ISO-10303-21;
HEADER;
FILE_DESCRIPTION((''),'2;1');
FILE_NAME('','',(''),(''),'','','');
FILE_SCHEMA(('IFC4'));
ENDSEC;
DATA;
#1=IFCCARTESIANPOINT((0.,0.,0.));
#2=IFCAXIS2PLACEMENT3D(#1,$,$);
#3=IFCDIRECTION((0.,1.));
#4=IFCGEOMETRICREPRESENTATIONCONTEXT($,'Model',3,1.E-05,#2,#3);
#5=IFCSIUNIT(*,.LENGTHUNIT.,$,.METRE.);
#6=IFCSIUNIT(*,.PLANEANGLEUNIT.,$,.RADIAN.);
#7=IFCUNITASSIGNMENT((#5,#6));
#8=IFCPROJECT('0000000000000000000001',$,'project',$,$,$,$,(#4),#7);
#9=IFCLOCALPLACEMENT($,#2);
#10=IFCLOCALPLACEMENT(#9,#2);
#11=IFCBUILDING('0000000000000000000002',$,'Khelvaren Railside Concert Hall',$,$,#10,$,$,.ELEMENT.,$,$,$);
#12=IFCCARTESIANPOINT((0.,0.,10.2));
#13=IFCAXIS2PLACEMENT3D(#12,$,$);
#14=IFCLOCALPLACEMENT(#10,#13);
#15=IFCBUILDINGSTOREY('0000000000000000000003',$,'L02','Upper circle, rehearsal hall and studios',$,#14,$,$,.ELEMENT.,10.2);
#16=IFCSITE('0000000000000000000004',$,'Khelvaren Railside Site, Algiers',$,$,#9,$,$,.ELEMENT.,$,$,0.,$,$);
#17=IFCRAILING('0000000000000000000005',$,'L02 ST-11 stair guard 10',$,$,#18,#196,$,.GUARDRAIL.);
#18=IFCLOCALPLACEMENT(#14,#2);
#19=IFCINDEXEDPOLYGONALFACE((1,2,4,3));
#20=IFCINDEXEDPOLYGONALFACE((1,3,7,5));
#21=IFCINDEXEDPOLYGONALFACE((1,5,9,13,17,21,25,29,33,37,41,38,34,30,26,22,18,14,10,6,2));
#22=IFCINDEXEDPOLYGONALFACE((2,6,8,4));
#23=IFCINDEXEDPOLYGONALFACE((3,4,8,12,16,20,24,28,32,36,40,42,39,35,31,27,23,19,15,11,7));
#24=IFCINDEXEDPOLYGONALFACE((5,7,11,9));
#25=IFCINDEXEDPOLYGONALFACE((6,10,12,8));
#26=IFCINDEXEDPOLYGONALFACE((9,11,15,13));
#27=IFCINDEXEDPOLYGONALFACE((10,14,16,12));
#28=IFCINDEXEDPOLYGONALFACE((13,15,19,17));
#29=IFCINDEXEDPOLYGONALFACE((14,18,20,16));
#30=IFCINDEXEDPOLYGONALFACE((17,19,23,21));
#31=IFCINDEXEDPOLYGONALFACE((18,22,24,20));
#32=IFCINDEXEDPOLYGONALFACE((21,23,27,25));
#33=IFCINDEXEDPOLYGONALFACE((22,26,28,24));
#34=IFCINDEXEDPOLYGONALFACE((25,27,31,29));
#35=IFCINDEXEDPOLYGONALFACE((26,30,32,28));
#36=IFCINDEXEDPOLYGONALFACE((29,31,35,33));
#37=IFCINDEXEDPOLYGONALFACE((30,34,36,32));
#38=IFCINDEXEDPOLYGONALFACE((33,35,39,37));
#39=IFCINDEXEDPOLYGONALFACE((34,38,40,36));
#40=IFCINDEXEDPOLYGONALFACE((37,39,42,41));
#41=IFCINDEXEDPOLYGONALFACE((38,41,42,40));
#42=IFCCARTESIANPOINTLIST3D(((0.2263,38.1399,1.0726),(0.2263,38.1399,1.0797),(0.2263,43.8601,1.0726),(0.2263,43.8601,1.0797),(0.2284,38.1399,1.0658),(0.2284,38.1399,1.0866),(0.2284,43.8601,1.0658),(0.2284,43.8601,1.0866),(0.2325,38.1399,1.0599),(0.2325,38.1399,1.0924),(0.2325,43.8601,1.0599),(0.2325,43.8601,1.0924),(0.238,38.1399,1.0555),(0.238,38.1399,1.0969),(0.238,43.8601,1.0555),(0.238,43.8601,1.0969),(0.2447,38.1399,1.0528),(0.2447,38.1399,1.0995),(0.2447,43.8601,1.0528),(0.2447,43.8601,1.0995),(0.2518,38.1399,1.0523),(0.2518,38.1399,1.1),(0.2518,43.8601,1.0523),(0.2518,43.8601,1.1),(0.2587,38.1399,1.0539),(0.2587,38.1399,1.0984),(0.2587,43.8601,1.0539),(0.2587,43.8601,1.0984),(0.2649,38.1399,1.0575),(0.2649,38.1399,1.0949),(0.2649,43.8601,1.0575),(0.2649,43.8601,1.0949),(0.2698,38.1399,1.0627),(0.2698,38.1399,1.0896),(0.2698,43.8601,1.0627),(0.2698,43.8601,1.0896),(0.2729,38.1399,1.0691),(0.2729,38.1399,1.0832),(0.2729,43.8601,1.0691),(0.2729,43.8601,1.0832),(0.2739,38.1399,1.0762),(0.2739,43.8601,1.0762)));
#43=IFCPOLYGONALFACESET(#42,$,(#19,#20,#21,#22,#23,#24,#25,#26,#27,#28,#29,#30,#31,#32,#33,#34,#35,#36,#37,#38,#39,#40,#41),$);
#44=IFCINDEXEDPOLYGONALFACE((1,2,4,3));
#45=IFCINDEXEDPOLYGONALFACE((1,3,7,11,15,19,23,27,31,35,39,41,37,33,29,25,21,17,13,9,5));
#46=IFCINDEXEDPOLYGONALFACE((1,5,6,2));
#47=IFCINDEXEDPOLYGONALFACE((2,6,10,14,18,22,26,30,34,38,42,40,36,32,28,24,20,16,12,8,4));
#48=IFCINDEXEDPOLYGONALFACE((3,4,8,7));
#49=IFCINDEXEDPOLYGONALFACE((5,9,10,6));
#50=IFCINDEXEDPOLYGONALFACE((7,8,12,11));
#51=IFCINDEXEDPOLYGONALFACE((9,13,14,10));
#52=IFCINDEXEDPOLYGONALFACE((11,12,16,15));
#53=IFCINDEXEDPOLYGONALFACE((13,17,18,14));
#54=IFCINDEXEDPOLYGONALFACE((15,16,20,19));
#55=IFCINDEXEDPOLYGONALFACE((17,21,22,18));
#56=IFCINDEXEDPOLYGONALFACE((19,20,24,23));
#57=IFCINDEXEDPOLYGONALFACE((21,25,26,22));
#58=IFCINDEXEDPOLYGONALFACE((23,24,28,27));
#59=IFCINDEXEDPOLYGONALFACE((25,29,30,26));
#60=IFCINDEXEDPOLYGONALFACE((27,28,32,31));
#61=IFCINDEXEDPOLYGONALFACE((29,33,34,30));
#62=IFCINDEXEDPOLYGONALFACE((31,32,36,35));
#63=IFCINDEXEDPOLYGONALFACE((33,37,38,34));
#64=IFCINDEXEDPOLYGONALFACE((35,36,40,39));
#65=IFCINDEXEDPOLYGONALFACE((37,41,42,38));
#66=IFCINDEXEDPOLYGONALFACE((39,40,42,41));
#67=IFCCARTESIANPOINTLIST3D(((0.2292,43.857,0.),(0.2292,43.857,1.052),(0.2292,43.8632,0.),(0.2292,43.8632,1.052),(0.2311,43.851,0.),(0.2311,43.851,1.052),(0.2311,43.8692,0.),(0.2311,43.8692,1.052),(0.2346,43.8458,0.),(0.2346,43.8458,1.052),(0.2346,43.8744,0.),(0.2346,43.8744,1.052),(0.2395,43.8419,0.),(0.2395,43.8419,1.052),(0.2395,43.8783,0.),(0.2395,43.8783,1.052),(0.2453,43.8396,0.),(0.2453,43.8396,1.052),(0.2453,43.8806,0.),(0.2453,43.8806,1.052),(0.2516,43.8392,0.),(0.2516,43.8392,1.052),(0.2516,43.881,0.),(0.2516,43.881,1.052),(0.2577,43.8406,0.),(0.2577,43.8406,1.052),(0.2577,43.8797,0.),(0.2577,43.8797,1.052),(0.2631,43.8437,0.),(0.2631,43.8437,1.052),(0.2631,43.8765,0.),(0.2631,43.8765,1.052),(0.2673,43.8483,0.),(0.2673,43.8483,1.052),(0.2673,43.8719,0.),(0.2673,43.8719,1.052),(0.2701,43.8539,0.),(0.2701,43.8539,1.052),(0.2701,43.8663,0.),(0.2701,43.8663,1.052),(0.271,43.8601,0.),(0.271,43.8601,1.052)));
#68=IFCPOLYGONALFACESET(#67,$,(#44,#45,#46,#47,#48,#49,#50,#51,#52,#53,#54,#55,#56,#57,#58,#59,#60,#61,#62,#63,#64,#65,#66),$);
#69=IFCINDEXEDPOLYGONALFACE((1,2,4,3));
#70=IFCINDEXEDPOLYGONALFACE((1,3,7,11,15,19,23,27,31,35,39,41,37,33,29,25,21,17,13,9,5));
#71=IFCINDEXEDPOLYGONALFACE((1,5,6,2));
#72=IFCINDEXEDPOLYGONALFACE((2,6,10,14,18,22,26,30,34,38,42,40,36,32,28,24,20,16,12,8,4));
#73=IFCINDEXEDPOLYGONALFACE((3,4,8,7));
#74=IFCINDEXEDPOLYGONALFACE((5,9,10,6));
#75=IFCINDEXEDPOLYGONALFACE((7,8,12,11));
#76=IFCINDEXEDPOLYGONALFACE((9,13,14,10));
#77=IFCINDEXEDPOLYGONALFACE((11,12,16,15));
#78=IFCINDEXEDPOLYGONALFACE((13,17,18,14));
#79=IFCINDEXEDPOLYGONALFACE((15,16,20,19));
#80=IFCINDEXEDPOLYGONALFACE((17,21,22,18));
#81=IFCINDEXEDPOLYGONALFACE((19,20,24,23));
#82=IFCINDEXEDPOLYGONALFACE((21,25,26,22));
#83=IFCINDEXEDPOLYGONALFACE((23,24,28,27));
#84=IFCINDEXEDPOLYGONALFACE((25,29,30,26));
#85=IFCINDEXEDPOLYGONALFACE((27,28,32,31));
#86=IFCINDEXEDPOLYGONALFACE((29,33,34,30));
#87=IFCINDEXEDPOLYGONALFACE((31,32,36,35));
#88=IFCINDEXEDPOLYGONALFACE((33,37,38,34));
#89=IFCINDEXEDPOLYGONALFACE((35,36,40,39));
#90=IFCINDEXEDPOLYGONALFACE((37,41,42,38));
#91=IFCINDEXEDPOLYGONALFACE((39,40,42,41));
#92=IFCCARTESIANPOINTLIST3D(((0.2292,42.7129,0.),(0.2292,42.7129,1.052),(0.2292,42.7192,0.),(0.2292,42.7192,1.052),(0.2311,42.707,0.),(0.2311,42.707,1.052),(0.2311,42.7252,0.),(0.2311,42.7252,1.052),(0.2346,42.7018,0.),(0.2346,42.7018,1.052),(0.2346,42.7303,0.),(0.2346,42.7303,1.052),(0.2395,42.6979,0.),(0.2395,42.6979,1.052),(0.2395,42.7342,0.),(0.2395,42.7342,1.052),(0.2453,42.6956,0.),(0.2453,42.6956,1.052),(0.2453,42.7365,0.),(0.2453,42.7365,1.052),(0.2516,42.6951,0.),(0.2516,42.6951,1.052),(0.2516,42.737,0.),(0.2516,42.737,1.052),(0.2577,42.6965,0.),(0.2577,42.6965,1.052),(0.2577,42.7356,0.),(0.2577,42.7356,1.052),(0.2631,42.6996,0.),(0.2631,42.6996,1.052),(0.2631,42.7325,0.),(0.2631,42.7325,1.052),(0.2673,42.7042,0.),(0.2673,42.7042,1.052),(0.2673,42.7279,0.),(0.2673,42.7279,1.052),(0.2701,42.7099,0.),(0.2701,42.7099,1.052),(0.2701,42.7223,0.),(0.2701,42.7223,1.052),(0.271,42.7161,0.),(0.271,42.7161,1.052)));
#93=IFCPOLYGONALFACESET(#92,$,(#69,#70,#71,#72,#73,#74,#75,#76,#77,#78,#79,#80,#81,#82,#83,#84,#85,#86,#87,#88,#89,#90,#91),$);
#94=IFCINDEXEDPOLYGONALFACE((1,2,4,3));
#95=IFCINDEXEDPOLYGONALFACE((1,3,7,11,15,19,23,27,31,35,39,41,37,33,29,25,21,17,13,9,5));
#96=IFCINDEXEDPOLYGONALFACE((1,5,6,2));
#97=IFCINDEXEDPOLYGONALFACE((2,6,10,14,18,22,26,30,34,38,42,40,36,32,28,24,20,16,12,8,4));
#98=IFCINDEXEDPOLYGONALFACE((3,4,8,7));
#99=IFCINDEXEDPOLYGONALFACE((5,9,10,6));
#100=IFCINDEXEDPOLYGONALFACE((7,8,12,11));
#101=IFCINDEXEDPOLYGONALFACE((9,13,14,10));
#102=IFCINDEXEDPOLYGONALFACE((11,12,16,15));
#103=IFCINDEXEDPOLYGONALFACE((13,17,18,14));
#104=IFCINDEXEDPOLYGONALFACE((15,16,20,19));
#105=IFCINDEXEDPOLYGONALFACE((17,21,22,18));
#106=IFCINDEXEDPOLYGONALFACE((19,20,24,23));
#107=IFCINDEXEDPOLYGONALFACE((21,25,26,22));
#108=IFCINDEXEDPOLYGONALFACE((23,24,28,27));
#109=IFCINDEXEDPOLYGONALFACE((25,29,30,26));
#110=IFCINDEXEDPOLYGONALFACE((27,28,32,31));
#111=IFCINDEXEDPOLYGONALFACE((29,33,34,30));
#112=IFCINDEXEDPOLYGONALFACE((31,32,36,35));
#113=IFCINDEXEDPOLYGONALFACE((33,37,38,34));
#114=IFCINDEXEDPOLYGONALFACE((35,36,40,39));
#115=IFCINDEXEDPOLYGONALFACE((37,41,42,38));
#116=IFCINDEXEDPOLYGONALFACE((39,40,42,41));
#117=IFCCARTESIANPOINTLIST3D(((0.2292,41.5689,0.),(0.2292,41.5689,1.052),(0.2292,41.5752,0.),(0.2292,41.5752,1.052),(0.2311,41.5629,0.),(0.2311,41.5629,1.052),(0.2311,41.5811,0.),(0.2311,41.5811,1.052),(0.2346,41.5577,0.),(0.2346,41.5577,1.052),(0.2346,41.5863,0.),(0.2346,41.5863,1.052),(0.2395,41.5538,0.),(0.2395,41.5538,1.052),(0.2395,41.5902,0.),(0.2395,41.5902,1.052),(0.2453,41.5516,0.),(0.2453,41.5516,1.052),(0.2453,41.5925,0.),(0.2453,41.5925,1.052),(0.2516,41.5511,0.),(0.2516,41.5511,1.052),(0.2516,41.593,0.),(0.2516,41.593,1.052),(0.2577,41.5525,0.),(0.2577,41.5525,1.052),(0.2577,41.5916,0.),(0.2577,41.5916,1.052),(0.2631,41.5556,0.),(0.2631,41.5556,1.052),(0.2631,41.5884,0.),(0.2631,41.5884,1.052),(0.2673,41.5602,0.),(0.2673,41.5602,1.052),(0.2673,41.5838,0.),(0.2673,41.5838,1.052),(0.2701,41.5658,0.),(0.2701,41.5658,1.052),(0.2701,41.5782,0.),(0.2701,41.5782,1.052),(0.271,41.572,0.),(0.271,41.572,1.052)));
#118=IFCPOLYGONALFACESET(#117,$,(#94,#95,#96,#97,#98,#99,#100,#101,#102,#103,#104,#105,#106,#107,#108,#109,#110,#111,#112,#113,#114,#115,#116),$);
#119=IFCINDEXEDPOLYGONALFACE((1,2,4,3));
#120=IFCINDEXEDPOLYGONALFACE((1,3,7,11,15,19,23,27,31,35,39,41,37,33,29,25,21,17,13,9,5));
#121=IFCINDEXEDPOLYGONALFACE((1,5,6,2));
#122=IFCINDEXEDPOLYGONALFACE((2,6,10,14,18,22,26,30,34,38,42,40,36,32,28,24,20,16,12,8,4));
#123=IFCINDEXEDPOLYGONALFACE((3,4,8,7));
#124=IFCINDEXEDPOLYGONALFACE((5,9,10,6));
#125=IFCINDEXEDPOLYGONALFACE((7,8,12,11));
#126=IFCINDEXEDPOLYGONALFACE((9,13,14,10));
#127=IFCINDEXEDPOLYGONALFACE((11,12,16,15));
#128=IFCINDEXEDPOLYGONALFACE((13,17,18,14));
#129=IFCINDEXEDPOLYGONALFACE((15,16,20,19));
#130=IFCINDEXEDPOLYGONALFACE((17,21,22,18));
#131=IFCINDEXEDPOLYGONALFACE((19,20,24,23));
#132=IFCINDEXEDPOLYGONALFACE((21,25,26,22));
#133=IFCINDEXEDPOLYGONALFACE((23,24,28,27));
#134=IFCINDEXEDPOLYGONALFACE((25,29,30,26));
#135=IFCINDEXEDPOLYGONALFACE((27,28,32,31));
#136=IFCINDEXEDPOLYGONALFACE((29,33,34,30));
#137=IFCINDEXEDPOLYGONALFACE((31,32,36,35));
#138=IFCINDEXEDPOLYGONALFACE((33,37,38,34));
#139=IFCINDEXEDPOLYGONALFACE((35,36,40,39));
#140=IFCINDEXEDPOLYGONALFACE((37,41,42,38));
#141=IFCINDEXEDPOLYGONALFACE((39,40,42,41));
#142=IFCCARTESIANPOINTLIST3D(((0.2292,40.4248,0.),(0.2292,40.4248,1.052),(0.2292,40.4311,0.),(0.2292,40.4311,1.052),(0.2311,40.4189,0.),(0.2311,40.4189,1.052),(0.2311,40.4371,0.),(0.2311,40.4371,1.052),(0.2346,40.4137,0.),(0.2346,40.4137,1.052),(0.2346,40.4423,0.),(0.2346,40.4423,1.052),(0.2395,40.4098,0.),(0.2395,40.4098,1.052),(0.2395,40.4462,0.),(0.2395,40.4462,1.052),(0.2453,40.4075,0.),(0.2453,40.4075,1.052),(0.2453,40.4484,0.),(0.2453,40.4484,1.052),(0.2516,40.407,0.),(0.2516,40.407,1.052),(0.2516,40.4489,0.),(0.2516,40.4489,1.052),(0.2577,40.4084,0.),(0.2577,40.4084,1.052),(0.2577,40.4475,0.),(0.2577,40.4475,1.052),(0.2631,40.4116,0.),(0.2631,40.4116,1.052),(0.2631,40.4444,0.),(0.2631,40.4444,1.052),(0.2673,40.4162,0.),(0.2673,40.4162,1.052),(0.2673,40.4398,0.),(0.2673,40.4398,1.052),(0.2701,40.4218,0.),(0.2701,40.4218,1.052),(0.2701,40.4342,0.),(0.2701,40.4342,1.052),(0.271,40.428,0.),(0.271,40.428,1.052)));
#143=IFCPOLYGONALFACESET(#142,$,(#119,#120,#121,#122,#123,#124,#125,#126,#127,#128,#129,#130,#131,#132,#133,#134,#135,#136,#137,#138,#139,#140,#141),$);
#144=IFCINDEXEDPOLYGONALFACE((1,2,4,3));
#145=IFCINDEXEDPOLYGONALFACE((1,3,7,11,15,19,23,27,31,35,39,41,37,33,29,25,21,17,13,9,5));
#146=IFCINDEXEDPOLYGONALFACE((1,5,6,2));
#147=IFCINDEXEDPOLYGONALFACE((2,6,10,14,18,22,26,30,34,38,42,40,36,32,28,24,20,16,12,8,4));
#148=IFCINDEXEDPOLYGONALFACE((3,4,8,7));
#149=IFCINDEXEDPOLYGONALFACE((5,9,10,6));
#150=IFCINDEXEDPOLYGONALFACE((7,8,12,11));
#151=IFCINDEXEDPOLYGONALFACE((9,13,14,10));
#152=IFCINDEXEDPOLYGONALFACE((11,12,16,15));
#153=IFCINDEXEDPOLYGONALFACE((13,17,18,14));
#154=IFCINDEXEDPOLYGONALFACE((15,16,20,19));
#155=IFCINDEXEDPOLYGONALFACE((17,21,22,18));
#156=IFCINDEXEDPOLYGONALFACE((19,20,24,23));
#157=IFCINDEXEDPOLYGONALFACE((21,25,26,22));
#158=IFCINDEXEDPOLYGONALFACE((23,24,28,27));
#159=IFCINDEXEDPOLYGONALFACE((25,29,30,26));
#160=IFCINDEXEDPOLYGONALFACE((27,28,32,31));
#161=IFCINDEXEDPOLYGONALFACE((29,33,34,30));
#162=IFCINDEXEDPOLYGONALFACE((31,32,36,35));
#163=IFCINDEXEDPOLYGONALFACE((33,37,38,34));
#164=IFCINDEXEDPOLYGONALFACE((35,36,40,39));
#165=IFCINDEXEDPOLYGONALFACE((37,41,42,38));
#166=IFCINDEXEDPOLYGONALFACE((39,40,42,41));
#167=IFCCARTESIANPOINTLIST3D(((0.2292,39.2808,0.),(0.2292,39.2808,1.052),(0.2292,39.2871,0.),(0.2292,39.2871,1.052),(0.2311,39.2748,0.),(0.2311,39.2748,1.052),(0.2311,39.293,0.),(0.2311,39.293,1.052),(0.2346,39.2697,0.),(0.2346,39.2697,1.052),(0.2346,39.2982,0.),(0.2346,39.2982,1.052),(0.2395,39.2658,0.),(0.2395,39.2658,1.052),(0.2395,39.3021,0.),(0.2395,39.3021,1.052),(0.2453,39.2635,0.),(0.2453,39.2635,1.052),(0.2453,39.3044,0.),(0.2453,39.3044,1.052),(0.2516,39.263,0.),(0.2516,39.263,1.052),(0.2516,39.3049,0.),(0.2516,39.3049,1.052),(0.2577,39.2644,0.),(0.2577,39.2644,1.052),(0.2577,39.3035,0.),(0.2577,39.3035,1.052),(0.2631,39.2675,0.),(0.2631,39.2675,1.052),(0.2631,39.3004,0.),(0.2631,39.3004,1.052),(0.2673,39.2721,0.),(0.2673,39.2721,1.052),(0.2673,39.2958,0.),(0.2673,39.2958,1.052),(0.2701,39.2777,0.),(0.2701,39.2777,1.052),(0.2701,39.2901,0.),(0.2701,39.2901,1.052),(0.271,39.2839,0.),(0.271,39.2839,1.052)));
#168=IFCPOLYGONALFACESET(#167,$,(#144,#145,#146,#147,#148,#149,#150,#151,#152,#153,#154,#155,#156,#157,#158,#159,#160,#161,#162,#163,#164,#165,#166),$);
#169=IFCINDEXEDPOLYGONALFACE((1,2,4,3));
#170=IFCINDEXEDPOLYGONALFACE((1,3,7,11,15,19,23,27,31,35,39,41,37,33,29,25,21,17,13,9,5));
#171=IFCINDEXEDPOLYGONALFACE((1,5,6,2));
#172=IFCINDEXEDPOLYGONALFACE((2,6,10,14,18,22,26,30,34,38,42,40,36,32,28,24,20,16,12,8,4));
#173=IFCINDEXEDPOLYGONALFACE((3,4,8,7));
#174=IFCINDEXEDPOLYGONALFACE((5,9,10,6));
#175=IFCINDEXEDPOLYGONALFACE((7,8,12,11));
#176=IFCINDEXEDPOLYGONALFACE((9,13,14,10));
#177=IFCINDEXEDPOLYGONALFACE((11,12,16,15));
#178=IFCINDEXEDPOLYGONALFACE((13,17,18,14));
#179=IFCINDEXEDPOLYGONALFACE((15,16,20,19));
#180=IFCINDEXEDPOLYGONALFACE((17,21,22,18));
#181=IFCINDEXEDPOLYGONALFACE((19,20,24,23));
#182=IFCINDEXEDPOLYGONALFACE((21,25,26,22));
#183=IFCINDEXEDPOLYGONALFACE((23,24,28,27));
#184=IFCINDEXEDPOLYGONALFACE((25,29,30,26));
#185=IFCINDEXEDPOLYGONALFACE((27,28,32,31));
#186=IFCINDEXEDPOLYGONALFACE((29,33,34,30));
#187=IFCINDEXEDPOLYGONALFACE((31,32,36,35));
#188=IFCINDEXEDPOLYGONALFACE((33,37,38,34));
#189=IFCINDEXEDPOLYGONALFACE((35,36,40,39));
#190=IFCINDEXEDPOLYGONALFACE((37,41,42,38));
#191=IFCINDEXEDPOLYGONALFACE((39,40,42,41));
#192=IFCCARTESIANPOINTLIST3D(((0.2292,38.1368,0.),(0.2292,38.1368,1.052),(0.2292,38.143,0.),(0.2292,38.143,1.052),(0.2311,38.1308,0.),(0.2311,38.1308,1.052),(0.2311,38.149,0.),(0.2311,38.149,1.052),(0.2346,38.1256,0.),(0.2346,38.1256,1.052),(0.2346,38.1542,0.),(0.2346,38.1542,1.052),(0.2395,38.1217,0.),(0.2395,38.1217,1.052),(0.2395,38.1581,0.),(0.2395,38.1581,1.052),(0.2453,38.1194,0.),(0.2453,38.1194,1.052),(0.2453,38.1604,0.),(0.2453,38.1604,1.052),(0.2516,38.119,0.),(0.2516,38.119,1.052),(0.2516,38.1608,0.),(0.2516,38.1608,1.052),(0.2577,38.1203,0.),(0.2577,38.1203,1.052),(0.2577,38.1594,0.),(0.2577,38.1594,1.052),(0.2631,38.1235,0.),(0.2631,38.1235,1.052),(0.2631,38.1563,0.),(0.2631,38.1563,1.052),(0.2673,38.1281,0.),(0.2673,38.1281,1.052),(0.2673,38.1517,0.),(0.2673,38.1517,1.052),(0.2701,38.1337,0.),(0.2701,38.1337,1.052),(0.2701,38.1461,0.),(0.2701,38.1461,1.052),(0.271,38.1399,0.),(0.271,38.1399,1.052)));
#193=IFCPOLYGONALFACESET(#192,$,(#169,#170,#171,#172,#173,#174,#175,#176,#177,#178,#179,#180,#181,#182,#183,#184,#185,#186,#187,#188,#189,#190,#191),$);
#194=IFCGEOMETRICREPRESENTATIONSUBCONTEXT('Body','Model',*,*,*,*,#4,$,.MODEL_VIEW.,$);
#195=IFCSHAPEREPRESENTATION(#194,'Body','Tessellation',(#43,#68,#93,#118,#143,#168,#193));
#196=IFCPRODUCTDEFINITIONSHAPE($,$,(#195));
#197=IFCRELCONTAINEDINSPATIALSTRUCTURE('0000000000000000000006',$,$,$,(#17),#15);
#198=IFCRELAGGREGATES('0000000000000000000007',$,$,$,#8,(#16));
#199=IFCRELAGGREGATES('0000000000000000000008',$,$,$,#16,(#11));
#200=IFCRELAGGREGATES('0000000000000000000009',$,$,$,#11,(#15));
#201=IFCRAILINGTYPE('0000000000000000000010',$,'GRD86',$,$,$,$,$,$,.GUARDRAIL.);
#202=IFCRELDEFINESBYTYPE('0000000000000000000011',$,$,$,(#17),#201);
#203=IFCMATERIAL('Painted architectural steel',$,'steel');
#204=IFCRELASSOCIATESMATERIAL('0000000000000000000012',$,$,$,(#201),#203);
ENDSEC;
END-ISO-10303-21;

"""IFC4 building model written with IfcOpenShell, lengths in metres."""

from ifc_helpers import new_model, si_unit, direction, frame, origin, origin_2d, place, context, subcontext, project, spatial, circle, extrude, material, type_object, element, save


model = new_model("IFC4")

# Units and contexts
model_context = context("Model", 3, precision=1e-05, world=origin(), true_north=direction((0.0, 1.0)))
body_context = subcontext(model_context, "Body", "Model", "MODEL_VIEW")
ifc_project = project(units=[si_unit("LENGTHUNIT", "METRE"), si_unit("PLANEANGLEUNIT", "RADIAN")], contexts=[model_context])

# Site, building, storey
site_placement = place(None, origin())
site = spatial("IfcSite", under=ifc_project, at=site_placement, Name="Khelvaren Railside Site, Algiers", CompositionType="ELEMENT", RefElevation=0.0)
building_placement = place(site_placement, origin())
building = spatial("IfcBuilding", under=site, at=building_placement, Name="Khelvaren Railside Concert Hall", CompositionType="ELEMENT")
storey_placement = place(building_placement, frame((0.0, 0.0, 10.2)))
storey = spatial("IfcBuildingStorey", under=building, at=storey_placement, Name="L02", Description="Upper circle, rehearsal hall and studios", CompositionType="ELEMENT", Elevation=10.2)

# Railing
ifc_material_1 = material(Name="Painted architectural steel", Category="steel")
railing_type_1 = type_object("IfcRailingType", Name="GRD86", PredefinedType="GUARDRAIL", material=ifc_material_1)
railing_1_placement = place(storey_placement, frame((0.25, 43.8601, 0.0)))
element("IfcRailing", 1, at=railing_1_placement, inside=storey, type_object=railing_type_1, Name="L02 ST-11 stair guard 10", PredefinedType="GUARDRAIL", context=body_context, shape_type="SweptSolid", body=[
    extrude(circle(Radius=0.0239, at=origin_2d()), frame((0.0, 0.0, 1.0762), z_axis=(0.0, -1.0, 0.0), x_axis=(1.0, 0.0, 0.0)), (0.0, 0.0, 1.0), 5.7202),
    extrude(circle(Radius=0.021, at=origin_2d()), origin(), (0.0, 0.0, 1.0), 1.052),
    extrude(circle(Radius=0.021, at=origin_2d()), frame((0.0, -1.144, 0.0)), (0.0, 0.0, 1.0), 1.052),
    extrude(circle(Radius=0.021, at=origin_2d()), frame((0.0, -2.2881, 0.0)), (0.0, 0.0, 1.0), 1.052),
    extrude(circle(Radius=0.021, at=origin_2d()), frame((0.0, -3.4321, 0.0)), (0.0, 0.0, 1.0), 1.052),
    extrude(circle(Radius=0.021, at=origin_2d()), frame((0.0, -4.5762, 0.0)), (0.0, 0.0, 1.0), 1.052),
    extrude(circle(Radius=0.021, at=origin_2d()), frame((0.0, -5.7202, 0.0)), (0.0, 0.0, 1.0), 1.052),
])

save(model, "model.ifc")
